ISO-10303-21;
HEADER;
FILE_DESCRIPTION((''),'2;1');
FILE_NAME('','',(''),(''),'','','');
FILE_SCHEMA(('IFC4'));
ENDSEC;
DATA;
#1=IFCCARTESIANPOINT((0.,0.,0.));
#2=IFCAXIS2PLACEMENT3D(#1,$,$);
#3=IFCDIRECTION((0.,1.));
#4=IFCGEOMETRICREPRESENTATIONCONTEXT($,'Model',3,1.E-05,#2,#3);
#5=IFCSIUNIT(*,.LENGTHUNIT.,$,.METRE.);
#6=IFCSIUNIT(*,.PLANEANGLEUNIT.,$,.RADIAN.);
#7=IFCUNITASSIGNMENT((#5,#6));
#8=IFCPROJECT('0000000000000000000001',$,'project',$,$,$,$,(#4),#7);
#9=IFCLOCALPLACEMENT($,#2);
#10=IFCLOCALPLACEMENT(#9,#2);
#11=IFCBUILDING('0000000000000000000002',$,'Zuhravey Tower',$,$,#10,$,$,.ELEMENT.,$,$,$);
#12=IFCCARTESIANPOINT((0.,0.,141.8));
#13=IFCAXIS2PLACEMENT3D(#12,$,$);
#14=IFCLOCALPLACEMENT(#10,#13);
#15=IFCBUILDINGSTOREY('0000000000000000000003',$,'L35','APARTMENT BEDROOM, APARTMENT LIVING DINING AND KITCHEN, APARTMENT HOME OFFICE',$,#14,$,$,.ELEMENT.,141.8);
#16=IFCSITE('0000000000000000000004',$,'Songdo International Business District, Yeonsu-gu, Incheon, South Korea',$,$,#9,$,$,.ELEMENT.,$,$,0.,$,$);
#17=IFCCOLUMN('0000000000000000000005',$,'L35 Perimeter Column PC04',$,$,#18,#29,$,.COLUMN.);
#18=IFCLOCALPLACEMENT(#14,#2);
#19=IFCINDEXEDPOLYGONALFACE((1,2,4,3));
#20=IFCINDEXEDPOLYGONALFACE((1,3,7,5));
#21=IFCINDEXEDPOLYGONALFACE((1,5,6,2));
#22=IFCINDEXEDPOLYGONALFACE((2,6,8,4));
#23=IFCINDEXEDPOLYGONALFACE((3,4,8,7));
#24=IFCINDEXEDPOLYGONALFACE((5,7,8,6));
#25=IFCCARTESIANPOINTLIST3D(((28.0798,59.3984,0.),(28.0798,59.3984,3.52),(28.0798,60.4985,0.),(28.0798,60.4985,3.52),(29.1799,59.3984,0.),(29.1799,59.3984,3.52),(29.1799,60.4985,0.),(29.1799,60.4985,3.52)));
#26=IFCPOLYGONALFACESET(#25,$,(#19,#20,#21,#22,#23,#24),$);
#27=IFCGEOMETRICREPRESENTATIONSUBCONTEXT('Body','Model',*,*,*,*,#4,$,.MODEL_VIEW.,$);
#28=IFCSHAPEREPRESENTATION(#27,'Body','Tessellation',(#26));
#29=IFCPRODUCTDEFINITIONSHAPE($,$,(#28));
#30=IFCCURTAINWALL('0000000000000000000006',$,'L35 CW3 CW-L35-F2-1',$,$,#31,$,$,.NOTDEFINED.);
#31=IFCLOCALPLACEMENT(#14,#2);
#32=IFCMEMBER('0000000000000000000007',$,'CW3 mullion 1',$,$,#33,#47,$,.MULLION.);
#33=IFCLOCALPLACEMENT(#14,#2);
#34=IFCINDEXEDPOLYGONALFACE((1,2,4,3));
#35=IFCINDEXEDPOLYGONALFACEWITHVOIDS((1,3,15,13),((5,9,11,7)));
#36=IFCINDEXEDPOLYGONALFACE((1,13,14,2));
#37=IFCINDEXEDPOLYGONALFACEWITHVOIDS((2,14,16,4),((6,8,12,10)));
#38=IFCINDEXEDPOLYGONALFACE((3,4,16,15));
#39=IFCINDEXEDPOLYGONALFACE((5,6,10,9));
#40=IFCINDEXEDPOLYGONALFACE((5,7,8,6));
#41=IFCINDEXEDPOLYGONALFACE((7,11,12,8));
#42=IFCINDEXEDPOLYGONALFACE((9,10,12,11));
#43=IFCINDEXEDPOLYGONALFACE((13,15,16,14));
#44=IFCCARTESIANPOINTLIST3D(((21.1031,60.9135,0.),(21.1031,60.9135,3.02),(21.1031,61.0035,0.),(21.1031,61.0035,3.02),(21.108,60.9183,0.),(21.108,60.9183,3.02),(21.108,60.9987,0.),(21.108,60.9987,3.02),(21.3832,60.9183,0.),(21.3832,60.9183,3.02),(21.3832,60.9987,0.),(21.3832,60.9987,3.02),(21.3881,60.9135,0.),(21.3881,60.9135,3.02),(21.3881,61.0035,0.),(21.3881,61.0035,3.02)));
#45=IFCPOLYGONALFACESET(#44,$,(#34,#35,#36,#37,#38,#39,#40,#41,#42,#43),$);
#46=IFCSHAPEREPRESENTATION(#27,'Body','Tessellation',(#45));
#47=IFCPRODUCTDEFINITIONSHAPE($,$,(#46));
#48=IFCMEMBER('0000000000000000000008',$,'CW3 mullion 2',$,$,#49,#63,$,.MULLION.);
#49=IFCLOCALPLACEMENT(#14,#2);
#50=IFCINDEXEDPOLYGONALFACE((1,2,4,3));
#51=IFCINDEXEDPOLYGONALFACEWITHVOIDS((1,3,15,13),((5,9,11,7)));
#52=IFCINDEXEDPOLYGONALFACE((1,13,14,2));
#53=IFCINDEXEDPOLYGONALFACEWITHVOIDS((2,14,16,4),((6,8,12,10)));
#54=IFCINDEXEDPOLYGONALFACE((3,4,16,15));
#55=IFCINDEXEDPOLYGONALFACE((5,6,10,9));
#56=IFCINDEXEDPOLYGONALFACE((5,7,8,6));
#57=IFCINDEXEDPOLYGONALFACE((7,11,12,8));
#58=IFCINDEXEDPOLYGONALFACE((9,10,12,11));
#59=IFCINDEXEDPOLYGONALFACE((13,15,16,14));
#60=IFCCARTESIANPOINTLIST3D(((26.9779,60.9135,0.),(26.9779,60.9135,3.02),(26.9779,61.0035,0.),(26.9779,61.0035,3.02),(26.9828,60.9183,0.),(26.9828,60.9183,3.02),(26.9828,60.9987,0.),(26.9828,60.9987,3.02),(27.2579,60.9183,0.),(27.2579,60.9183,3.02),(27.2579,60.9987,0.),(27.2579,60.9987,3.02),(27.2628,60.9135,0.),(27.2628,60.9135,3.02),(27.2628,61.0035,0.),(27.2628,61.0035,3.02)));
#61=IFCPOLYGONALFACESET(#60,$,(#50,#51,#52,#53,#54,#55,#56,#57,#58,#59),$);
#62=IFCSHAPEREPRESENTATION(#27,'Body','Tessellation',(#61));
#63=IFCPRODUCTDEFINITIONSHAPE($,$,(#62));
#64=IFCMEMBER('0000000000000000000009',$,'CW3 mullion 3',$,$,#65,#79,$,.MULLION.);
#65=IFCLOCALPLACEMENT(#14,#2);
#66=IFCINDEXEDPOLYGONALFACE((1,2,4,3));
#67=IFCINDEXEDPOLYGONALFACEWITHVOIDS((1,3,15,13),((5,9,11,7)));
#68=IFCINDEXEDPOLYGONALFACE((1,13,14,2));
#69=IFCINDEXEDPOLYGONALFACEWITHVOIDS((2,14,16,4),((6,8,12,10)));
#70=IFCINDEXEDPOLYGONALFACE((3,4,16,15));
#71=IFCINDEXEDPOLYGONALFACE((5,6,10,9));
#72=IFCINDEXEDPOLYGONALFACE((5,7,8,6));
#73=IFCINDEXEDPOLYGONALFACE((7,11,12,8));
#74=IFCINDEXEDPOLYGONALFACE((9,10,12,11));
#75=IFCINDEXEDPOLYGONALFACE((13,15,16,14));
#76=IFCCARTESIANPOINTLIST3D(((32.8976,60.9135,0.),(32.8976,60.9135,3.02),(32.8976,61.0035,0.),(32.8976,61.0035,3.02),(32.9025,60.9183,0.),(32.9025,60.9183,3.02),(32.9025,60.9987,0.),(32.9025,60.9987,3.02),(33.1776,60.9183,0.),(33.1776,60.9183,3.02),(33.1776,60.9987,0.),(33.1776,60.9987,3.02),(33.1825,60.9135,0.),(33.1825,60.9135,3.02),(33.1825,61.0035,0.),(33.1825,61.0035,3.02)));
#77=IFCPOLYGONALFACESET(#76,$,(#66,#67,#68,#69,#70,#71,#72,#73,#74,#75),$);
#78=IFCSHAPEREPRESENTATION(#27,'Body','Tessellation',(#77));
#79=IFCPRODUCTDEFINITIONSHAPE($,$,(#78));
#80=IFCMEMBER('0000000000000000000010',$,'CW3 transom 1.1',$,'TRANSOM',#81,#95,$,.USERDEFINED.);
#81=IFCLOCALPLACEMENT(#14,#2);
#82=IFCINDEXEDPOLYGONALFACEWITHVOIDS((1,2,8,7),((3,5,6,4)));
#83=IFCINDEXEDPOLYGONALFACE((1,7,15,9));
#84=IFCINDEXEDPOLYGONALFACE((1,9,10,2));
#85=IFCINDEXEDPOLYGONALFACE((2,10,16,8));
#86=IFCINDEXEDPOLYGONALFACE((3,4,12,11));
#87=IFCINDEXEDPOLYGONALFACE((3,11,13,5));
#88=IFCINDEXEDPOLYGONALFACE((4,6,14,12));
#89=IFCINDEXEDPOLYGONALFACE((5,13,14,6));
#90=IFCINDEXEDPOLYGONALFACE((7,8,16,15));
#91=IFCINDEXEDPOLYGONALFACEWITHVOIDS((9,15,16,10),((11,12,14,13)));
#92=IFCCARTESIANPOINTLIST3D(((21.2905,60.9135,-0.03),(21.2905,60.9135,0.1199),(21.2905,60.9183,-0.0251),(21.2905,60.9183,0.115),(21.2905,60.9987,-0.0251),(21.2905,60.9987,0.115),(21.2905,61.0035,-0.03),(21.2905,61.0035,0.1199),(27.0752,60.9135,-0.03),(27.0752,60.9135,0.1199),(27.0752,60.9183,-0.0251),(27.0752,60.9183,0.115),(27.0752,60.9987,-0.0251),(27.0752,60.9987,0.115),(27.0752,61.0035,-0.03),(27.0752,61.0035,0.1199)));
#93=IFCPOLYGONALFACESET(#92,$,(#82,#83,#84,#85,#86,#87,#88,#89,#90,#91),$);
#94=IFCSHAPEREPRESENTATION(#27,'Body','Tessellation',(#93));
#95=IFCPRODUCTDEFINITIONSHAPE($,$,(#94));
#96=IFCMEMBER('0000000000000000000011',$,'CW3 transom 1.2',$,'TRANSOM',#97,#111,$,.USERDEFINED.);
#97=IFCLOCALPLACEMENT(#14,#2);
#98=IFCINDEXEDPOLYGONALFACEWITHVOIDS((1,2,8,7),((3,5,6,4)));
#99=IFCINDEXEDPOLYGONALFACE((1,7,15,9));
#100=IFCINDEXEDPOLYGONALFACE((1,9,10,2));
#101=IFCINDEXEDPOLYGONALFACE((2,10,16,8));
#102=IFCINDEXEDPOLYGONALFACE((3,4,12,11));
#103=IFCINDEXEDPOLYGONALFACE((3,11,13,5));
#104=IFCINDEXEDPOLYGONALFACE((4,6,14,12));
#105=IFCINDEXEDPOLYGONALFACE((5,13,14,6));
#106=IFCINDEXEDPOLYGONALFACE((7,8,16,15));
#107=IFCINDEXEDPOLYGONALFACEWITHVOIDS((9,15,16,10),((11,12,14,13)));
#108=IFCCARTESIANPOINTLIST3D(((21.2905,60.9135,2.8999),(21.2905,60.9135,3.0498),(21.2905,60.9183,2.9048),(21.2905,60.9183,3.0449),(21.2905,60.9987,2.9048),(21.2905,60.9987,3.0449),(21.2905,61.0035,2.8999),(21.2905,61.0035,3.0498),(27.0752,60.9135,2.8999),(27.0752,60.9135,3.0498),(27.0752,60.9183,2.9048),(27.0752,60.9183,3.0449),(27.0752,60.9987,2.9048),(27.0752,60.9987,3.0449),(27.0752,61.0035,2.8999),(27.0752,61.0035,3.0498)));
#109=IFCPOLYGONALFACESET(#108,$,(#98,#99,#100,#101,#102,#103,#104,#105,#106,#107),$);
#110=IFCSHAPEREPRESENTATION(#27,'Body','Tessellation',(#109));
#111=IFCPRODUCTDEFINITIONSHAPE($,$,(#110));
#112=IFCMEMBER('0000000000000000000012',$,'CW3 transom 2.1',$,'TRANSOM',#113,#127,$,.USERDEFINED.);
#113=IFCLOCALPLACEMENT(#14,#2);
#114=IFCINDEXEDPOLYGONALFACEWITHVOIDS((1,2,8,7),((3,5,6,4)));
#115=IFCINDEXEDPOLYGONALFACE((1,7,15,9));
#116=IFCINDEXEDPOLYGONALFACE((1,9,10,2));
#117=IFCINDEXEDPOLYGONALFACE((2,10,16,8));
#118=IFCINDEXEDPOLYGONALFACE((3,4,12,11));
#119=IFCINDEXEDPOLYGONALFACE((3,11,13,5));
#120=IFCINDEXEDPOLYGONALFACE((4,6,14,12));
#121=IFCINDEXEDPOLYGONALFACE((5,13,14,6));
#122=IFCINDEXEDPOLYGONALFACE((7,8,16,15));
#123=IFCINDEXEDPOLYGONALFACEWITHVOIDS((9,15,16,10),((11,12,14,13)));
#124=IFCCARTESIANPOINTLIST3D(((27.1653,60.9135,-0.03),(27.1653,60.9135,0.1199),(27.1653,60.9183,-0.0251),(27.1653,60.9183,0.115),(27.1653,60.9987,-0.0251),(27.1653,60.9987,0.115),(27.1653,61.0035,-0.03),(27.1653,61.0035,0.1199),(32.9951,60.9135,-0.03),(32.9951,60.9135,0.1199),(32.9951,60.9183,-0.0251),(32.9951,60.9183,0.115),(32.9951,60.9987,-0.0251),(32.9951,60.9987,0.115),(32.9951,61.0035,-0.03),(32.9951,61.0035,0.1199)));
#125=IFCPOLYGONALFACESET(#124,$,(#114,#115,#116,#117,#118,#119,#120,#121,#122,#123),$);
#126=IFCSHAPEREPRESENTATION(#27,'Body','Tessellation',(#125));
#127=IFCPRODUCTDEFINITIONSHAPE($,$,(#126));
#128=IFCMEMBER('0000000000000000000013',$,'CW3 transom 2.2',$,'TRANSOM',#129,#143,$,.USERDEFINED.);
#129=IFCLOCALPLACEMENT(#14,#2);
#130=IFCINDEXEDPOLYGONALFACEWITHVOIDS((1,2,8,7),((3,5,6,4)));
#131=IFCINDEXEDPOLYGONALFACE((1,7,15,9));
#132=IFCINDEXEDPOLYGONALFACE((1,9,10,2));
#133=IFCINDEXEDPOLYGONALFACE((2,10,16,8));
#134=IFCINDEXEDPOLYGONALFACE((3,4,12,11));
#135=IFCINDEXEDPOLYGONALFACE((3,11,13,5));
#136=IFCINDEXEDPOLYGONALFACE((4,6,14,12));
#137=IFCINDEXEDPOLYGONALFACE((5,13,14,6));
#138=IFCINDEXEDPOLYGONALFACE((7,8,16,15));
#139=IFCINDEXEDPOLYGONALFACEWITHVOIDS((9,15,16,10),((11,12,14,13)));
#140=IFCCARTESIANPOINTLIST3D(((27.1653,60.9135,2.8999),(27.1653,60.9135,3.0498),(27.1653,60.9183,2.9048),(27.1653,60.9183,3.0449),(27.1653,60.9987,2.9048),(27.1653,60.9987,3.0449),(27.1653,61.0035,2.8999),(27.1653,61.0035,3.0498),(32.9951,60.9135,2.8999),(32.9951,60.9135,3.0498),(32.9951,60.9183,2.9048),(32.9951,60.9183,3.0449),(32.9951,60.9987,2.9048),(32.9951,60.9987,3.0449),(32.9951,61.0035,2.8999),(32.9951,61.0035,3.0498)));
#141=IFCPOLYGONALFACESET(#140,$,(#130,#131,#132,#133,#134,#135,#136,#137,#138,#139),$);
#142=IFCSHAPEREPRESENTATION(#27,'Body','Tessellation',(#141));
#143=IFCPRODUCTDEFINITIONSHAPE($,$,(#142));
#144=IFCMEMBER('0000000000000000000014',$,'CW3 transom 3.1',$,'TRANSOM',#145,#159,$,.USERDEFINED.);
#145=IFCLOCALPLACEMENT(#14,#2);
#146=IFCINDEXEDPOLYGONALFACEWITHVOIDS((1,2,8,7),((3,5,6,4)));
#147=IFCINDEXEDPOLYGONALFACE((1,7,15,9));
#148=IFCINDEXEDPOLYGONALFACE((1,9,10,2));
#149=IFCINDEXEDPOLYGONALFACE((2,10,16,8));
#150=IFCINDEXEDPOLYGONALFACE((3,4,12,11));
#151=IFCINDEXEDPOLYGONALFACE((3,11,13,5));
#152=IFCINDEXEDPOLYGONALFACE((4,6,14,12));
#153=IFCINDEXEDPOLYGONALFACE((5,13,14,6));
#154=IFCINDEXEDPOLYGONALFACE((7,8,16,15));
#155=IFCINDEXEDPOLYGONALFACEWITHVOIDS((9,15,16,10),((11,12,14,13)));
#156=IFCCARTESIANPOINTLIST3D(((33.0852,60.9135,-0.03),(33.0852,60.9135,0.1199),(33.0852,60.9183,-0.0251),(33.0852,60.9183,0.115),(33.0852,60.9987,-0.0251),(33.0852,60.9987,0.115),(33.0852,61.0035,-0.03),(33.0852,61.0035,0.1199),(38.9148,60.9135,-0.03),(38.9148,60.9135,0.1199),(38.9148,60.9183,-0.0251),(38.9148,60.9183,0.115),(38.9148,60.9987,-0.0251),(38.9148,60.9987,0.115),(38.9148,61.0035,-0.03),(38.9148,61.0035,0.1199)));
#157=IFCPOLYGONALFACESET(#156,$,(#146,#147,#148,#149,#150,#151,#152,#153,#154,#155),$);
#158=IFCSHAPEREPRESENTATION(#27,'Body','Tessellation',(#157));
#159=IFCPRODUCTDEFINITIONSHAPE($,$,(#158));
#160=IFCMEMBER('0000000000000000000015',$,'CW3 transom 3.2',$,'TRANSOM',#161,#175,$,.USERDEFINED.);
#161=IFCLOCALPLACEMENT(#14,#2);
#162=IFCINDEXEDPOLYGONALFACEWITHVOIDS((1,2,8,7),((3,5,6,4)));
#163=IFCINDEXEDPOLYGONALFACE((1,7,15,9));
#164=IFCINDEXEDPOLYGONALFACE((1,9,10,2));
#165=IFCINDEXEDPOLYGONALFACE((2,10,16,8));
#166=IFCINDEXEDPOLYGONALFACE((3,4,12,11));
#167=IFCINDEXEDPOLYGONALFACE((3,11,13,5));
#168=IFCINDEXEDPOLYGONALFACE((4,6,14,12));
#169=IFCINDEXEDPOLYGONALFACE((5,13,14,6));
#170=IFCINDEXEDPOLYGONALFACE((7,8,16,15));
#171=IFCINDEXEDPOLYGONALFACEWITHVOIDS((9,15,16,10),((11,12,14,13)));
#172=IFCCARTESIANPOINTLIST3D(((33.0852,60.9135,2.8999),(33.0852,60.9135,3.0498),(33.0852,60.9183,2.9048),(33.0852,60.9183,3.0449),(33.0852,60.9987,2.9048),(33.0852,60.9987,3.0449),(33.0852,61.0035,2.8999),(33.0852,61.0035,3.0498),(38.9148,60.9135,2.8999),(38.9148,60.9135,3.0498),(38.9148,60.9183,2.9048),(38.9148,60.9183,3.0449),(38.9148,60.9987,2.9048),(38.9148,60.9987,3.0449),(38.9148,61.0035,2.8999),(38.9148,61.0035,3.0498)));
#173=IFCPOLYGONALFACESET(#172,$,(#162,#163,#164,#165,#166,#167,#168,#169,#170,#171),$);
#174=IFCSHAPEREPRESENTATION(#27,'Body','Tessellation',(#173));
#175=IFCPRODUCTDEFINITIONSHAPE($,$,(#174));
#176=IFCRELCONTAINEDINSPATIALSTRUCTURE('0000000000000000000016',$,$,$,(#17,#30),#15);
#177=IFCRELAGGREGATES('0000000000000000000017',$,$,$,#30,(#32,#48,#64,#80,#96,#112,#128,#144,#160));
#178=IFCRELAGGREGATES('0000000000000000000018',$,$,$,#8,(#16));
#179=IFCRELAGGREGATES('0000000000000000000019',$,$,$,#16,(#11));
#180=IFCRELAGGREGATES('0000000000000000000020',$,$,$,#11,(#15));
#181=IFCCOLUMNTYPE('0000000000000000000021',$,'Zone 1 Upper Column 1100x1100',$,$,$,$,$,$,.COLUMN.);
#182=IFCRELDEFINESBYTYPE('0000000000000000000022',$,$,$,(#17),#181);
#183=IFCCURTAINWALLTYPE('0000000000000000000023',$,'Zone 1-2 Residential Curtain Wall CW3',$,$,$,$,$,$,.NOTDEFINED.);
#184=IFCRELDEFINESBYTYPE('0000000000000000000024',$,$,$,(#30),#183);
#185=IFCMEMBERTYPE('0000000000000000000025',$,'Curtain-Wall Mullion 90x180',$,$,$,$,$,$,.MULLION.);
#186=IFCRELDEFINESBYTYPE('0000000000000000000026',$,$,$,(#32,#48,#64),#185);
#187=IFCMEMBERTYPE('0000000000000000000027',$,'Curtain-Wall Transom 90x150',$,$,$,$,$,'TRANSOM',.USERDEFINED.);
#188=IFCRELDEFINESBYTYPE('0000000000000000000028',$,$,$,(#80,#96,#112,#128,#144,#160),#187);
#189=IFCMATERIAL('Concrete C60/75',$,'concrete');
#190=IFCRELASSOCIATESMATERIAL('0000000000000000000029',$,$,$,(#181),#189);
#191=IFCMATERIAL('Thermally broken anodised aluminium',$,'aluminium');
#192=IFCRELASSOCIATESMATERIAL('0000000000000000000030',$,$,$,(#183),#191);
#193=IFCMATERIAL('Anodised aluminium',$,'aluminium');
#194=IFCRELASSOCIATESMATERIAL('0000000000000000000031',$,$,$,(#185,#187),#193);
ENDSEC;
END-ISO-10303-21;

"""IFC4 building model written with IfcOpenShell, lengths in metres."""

from ifc_helpers import new_model, si_unit, direction, frame, origin, origin_2d, place, context, subcontext, project, spatial, rectangle, hollow_rectangle, extrude, material, material_profile, profile_set, type_object, element, aggregate, save


model = new_model("IFC4")

# Units and contexts
model_context = context("Model", 3, precision=1e-05, world=origin(), true_north=direction((0.0, 1.0)))
body_context = subcontext(model_context, "Body", "Model", "MODEL_VIEW")
ifc_project = project(units=[si_unit("LENGTHUNIT", "METRE"), si_unit("PLANEANGLEUNIT", "RADIAN")], contexts=[model_context])

# Site, building, storey
site_placement = place(None, origin())
site = spatial("IfcSite", under=ifc_project, at=site_placement, Name="Songdo International Business District, Yeonsu-gu, Incheon, South Korea", CompositionType="ELEMENT", RefElevation=0.0)
building_placement = place(site_placement, origin())
building = spatial("IfcBuilding", under=site, at=building_placement, Name="Zuhravey Tower", CompositionType="ELEMENT")
storey_placement = place(building_placement, frame((0.0, 0.0, 141.8)))
storey = spatial("IfcBuildingStorey", under=building, at=storey_placement, Name="L35", Description="APARTMENT BEDROOM, APARTMENT LIVING DINING AND KITCHEN, APARTMENT HOME OFFICE", CompositionType="ELEMENT", Elevation=141.8)

# Column
ifc_material_1 = material(Name="Concrete C60/75", Category="concrete")
ifc_material_profile_1 = material_profile(ifc_material_1, rectangle(XDim=1.1001, YDim=1.1001, at=origin_2d()), Name="RC-1100x1100")
ifc_profile_set_1 = profile_set([ifc_material_profile_1], Name="Concrete C60/75")
column_type = type_object("IfcColumnType", Name="Zone 1 Upper Column 1100x1100", PredefinedType="COLUMN", material=ifc_profile_set_1)
column_placement = place(storey_placement, frame((28.6299, 59.9485, 0.0), z_axis=(0.0, 0.0, 1.0), x_axis=(-1.0, 0.0, 0.0)))
element("IfcColumn", 1, at=column_placement, inside=storey, type_object=column_type, Name="L35 Perimeter Column PC04", PredefinedType="COLUMN", context=body_context, shape_type="SweptSolid", body=[
    extrude(rectangle(XDim=1.1001, YDim=1.1001, at=origin_2d()), origin(), (0.0, 0.0, 1.0), 3.52),
])

# Curtain wall, members
ifc_material_2 = material(Name="Thermally broken anodised aluminium", Category="aluminium")
curtain_wall_type = type_object("IfcCurtainWallType", Name="Zone 1-2 Residential Curtain Wall CW3", PredefinedType="NOTDEFINED", material=ifc_material_2)
curtain_wall_placement = place(storey_placement, origin())
curtain_wall = element("IfcCurtainWall", 2, at=curtain_wall_placement, inside=storey, type_object=curtain_wall_type, Name="L35 CW3 CW-L35-F2-1", PredefinedType="NOTDEFINED")
ifc_material_3 = material(Name="Anodised aluminium", Category="aluminium")
ifc_material_profile_2 = material_profile(ifc_material_3, hollow_rectangle(XDim=0.0901, YDim=0.2849, WallThickness=0.0049, at=origin_2d()), Name="ALU-RHS-90x285x5")
ifc_profile_set_2 = profile_set([ifc_material_profile_2], Name="Anodised aluminium")
member_type_1 = type_object("IfcMemberType", Name="Curtain-Wall Mullion 90x180", PredefinedType="MULLION", material=ifc_profile_set_2)
member_1_placement = place(storey_placement, frame((21.2456, 60.9585, 0.0), z_axis=(0.0, 0.0, 1.0), x_axis=(0.0, 1.0, 0.0)))
member_1 = element("IfcMember", 3, at=member_1_placement, type_object=member_type_1, Name="CW3 mullion 1", PredefinedType="MULLION", context=body_context, shape_type="SweptSolid", body=[
    extrude(hollow_rectangle(XDim=0.0901, YDim=0.2849, WallThickness=0.0049, at=origin_2d()), origin(), (0.0, 0.0, 1.0), 3.02),
])
member_2_placement = place(storey_placement, frame((27.1204, 60.9585, 0.0), z_axis=(0.0, 0.0, 1.0), x_axis=(0.0, 1.0, 0.0)))
member_2 = element("IfcMember", 4, at=member_2_placement, type_object=member_type_1, Name="CW3 mullion 2", PredefinedType="MULLION", context=body_context, shape_type="SweptSolid", body=[
    extrude(hollow_rectangle(XDim=0.0901, YDim=0.2849, WallThickness=0.0049, at=origin_2d()), origin(), (0.0, 0.0, 1.0), 3.02),
])
member_3_placement = place(storey_placement, frame((33.04, 60.9585, 0.0), z_axis=(0.0, 0.0, 1.0), x_axis=(0.0, 1.0, 0.0)))
member_3 = element("IfcMember", 5, at=member_3_placement, type_object=member_type_1, Name="CW3 mullion 3", PredefinedType="MULLION", context=body_context, shape_type="SweptSolid", body=[
    extrude(hollow_rectangle(XDim=0.0901, YDim=0.2849, WallThickness=0.0049, at=origin_2d()), origin(), (0.0, 0.0, 1.0), 3.02),
])
ifc_material_profile_3 = material_profile(ifc_material_3, hollow_rectangle(XDim=0.0901, YDim=0.1499, WallThickness=0.0049, at=origin_2d()), Name="ALU-RHS-90x150x5")
ifc_profile_set_3 = profile_set([ifc_material_profile_3], Name="Anodised aluminium")
member_type_2 = type_object("IfcMemberType", Name="Curtain-Wall Transom 90x150", ElementType="TRANSOM", PredefinedType="USERDEFINED", material=ifc_profile_set_3)
member_4_placement = place(storey_placement, frame((21.2905, 60.9585, 0.0449), z_axis=(1.0, 0.0, 0.0), x_axis=(0.0, 1.0, 0.0)))
member_4 = element("IfcMember", 6, at=member_4_placement, type_object=member_type_2, Name="CW3 transom 1.1", ObjectType="TRANSOM", PredefinedType="USERDEFINED", context=body_context, shape_type="SweptSolid", body=[
    extrude(hollow_rectangle(XDim=0.0901, YDim=0.1499, WallThickness=0.0049, at=origin_2d()), origin(), (0.0, 0.0, 1.0), 5.7847),
])
member_5_placement = place(storey_placement, frame((21.2905, 60.9585, 2.9749), z_axis=(1.0, 0.0, 0.0), x_axis=(0.0, 1.0, 0.0)))
member_5 = element("IfcMember", 7, at=member_5_placement, type_object=member_type_2, Name="CW3 transom 1.2", ObjectType="TRANSOM", PredefinedType="USERDEFINED", context=body_context, shape_type="SweptSolid", body=[
    extrude(hollow_rectangle(XDim=0.0901, YDim=0.1499, WallThickness=0.0049, at=origin_2d()), origin(), (0.0, 0.0, 1.0), 5.7847),
])
member_6_placement = place(storey_placement, frame((27.1653, 60.9585, 0.0449), z_axis=(1.0, 0.0, 0.0), x_axis=(0.0, 1.0, 0.0)))
member_6 = element("IfcMember", 8, at=member_6_placement, type_object=member_type_2, Name="CW3 transom 2.1", ObjectType="TRANSOM", PredefinedType="USERDEFINED", context=body_context, shape_type="SweptSolid", body=[
    extrude(hollow_rectangle(XDim=0.0901, YDim=0.1499, WallThickness=0.0049, at=origin_2d()), origin(), (0.0, 0.0, 1.0), 5.8298),
])
member_7_placement = place(storey_placement, frame((27.1653, 60.9585, 2.9749), z_axis=(1.0, 0.0, 0.0), x_axis=(0.0, 1.0, 0.0)))
member_7 = element("IfcMember", 9, at=member_7_placement, type_object=member_type_2, Name="CW3 transom 2.2", ObjectType="TRANSOM", PredefinedType="USERDEFINED", context=body_context, shape_type="SweptSolid", body=[
    extrude(hollow_rectangle(XDim=0.0901, YDim=0.1499, WallThickness=0.0049, at=origin_2d()), origin(), (0.0, 0.0, 1.0), 5.8298),
])
member_8_placement = place(storey_placement, frame((33.0852, 60.9585, 0.0449), z_axis=(1.0, 0.0, 0.0), x_axis=(0.0, 1.0, 0.0)))
member_8 = element("IfcMember", 10, at=member_8_placement, type_object=member_type_2, Name="CW3 transom 3.1", ObjectType="TRANSOM", PredefinedType="USERDEFINED", context=body_context, shape_type="SweptSolid", body=[
    extrude(hollow_rectangle(XDim=0.0901, YDim=0.1499, WallThickness=0.0049, at=origin_2d()), origin(), (0.0, 0.0, 1.0), 5.8296),
])
member_9_placement = place(storey_placement, frame((33.0852, 60.9585, 2.9749), z_axis=(1.0, 0.0, 0.0), x_axis=(0.0, 1.0, 0.0)))
member_9 = element("IfcMember", 11, at=member_9_placement, type_object=member_type_2, Name="CW3 transom 3.2", ObjectType="TRANSOM", PredefinedType="USERDEFINED", context=body_context, shape_type="SweptSolid", body=[
    extrude(hollow_rectangle(XDim=0.0901, YDim=0.1499, WallThickness=0.0049, at=origin_2d()), origin(), (0.0, 0.0, 1.0), 5.8296),
])

aggregate(curtain_wall, [member_1, member_2, member_3, member_4, member_5, member_6, member_7, member_8, member_9])

save(model, "model.ifc")
